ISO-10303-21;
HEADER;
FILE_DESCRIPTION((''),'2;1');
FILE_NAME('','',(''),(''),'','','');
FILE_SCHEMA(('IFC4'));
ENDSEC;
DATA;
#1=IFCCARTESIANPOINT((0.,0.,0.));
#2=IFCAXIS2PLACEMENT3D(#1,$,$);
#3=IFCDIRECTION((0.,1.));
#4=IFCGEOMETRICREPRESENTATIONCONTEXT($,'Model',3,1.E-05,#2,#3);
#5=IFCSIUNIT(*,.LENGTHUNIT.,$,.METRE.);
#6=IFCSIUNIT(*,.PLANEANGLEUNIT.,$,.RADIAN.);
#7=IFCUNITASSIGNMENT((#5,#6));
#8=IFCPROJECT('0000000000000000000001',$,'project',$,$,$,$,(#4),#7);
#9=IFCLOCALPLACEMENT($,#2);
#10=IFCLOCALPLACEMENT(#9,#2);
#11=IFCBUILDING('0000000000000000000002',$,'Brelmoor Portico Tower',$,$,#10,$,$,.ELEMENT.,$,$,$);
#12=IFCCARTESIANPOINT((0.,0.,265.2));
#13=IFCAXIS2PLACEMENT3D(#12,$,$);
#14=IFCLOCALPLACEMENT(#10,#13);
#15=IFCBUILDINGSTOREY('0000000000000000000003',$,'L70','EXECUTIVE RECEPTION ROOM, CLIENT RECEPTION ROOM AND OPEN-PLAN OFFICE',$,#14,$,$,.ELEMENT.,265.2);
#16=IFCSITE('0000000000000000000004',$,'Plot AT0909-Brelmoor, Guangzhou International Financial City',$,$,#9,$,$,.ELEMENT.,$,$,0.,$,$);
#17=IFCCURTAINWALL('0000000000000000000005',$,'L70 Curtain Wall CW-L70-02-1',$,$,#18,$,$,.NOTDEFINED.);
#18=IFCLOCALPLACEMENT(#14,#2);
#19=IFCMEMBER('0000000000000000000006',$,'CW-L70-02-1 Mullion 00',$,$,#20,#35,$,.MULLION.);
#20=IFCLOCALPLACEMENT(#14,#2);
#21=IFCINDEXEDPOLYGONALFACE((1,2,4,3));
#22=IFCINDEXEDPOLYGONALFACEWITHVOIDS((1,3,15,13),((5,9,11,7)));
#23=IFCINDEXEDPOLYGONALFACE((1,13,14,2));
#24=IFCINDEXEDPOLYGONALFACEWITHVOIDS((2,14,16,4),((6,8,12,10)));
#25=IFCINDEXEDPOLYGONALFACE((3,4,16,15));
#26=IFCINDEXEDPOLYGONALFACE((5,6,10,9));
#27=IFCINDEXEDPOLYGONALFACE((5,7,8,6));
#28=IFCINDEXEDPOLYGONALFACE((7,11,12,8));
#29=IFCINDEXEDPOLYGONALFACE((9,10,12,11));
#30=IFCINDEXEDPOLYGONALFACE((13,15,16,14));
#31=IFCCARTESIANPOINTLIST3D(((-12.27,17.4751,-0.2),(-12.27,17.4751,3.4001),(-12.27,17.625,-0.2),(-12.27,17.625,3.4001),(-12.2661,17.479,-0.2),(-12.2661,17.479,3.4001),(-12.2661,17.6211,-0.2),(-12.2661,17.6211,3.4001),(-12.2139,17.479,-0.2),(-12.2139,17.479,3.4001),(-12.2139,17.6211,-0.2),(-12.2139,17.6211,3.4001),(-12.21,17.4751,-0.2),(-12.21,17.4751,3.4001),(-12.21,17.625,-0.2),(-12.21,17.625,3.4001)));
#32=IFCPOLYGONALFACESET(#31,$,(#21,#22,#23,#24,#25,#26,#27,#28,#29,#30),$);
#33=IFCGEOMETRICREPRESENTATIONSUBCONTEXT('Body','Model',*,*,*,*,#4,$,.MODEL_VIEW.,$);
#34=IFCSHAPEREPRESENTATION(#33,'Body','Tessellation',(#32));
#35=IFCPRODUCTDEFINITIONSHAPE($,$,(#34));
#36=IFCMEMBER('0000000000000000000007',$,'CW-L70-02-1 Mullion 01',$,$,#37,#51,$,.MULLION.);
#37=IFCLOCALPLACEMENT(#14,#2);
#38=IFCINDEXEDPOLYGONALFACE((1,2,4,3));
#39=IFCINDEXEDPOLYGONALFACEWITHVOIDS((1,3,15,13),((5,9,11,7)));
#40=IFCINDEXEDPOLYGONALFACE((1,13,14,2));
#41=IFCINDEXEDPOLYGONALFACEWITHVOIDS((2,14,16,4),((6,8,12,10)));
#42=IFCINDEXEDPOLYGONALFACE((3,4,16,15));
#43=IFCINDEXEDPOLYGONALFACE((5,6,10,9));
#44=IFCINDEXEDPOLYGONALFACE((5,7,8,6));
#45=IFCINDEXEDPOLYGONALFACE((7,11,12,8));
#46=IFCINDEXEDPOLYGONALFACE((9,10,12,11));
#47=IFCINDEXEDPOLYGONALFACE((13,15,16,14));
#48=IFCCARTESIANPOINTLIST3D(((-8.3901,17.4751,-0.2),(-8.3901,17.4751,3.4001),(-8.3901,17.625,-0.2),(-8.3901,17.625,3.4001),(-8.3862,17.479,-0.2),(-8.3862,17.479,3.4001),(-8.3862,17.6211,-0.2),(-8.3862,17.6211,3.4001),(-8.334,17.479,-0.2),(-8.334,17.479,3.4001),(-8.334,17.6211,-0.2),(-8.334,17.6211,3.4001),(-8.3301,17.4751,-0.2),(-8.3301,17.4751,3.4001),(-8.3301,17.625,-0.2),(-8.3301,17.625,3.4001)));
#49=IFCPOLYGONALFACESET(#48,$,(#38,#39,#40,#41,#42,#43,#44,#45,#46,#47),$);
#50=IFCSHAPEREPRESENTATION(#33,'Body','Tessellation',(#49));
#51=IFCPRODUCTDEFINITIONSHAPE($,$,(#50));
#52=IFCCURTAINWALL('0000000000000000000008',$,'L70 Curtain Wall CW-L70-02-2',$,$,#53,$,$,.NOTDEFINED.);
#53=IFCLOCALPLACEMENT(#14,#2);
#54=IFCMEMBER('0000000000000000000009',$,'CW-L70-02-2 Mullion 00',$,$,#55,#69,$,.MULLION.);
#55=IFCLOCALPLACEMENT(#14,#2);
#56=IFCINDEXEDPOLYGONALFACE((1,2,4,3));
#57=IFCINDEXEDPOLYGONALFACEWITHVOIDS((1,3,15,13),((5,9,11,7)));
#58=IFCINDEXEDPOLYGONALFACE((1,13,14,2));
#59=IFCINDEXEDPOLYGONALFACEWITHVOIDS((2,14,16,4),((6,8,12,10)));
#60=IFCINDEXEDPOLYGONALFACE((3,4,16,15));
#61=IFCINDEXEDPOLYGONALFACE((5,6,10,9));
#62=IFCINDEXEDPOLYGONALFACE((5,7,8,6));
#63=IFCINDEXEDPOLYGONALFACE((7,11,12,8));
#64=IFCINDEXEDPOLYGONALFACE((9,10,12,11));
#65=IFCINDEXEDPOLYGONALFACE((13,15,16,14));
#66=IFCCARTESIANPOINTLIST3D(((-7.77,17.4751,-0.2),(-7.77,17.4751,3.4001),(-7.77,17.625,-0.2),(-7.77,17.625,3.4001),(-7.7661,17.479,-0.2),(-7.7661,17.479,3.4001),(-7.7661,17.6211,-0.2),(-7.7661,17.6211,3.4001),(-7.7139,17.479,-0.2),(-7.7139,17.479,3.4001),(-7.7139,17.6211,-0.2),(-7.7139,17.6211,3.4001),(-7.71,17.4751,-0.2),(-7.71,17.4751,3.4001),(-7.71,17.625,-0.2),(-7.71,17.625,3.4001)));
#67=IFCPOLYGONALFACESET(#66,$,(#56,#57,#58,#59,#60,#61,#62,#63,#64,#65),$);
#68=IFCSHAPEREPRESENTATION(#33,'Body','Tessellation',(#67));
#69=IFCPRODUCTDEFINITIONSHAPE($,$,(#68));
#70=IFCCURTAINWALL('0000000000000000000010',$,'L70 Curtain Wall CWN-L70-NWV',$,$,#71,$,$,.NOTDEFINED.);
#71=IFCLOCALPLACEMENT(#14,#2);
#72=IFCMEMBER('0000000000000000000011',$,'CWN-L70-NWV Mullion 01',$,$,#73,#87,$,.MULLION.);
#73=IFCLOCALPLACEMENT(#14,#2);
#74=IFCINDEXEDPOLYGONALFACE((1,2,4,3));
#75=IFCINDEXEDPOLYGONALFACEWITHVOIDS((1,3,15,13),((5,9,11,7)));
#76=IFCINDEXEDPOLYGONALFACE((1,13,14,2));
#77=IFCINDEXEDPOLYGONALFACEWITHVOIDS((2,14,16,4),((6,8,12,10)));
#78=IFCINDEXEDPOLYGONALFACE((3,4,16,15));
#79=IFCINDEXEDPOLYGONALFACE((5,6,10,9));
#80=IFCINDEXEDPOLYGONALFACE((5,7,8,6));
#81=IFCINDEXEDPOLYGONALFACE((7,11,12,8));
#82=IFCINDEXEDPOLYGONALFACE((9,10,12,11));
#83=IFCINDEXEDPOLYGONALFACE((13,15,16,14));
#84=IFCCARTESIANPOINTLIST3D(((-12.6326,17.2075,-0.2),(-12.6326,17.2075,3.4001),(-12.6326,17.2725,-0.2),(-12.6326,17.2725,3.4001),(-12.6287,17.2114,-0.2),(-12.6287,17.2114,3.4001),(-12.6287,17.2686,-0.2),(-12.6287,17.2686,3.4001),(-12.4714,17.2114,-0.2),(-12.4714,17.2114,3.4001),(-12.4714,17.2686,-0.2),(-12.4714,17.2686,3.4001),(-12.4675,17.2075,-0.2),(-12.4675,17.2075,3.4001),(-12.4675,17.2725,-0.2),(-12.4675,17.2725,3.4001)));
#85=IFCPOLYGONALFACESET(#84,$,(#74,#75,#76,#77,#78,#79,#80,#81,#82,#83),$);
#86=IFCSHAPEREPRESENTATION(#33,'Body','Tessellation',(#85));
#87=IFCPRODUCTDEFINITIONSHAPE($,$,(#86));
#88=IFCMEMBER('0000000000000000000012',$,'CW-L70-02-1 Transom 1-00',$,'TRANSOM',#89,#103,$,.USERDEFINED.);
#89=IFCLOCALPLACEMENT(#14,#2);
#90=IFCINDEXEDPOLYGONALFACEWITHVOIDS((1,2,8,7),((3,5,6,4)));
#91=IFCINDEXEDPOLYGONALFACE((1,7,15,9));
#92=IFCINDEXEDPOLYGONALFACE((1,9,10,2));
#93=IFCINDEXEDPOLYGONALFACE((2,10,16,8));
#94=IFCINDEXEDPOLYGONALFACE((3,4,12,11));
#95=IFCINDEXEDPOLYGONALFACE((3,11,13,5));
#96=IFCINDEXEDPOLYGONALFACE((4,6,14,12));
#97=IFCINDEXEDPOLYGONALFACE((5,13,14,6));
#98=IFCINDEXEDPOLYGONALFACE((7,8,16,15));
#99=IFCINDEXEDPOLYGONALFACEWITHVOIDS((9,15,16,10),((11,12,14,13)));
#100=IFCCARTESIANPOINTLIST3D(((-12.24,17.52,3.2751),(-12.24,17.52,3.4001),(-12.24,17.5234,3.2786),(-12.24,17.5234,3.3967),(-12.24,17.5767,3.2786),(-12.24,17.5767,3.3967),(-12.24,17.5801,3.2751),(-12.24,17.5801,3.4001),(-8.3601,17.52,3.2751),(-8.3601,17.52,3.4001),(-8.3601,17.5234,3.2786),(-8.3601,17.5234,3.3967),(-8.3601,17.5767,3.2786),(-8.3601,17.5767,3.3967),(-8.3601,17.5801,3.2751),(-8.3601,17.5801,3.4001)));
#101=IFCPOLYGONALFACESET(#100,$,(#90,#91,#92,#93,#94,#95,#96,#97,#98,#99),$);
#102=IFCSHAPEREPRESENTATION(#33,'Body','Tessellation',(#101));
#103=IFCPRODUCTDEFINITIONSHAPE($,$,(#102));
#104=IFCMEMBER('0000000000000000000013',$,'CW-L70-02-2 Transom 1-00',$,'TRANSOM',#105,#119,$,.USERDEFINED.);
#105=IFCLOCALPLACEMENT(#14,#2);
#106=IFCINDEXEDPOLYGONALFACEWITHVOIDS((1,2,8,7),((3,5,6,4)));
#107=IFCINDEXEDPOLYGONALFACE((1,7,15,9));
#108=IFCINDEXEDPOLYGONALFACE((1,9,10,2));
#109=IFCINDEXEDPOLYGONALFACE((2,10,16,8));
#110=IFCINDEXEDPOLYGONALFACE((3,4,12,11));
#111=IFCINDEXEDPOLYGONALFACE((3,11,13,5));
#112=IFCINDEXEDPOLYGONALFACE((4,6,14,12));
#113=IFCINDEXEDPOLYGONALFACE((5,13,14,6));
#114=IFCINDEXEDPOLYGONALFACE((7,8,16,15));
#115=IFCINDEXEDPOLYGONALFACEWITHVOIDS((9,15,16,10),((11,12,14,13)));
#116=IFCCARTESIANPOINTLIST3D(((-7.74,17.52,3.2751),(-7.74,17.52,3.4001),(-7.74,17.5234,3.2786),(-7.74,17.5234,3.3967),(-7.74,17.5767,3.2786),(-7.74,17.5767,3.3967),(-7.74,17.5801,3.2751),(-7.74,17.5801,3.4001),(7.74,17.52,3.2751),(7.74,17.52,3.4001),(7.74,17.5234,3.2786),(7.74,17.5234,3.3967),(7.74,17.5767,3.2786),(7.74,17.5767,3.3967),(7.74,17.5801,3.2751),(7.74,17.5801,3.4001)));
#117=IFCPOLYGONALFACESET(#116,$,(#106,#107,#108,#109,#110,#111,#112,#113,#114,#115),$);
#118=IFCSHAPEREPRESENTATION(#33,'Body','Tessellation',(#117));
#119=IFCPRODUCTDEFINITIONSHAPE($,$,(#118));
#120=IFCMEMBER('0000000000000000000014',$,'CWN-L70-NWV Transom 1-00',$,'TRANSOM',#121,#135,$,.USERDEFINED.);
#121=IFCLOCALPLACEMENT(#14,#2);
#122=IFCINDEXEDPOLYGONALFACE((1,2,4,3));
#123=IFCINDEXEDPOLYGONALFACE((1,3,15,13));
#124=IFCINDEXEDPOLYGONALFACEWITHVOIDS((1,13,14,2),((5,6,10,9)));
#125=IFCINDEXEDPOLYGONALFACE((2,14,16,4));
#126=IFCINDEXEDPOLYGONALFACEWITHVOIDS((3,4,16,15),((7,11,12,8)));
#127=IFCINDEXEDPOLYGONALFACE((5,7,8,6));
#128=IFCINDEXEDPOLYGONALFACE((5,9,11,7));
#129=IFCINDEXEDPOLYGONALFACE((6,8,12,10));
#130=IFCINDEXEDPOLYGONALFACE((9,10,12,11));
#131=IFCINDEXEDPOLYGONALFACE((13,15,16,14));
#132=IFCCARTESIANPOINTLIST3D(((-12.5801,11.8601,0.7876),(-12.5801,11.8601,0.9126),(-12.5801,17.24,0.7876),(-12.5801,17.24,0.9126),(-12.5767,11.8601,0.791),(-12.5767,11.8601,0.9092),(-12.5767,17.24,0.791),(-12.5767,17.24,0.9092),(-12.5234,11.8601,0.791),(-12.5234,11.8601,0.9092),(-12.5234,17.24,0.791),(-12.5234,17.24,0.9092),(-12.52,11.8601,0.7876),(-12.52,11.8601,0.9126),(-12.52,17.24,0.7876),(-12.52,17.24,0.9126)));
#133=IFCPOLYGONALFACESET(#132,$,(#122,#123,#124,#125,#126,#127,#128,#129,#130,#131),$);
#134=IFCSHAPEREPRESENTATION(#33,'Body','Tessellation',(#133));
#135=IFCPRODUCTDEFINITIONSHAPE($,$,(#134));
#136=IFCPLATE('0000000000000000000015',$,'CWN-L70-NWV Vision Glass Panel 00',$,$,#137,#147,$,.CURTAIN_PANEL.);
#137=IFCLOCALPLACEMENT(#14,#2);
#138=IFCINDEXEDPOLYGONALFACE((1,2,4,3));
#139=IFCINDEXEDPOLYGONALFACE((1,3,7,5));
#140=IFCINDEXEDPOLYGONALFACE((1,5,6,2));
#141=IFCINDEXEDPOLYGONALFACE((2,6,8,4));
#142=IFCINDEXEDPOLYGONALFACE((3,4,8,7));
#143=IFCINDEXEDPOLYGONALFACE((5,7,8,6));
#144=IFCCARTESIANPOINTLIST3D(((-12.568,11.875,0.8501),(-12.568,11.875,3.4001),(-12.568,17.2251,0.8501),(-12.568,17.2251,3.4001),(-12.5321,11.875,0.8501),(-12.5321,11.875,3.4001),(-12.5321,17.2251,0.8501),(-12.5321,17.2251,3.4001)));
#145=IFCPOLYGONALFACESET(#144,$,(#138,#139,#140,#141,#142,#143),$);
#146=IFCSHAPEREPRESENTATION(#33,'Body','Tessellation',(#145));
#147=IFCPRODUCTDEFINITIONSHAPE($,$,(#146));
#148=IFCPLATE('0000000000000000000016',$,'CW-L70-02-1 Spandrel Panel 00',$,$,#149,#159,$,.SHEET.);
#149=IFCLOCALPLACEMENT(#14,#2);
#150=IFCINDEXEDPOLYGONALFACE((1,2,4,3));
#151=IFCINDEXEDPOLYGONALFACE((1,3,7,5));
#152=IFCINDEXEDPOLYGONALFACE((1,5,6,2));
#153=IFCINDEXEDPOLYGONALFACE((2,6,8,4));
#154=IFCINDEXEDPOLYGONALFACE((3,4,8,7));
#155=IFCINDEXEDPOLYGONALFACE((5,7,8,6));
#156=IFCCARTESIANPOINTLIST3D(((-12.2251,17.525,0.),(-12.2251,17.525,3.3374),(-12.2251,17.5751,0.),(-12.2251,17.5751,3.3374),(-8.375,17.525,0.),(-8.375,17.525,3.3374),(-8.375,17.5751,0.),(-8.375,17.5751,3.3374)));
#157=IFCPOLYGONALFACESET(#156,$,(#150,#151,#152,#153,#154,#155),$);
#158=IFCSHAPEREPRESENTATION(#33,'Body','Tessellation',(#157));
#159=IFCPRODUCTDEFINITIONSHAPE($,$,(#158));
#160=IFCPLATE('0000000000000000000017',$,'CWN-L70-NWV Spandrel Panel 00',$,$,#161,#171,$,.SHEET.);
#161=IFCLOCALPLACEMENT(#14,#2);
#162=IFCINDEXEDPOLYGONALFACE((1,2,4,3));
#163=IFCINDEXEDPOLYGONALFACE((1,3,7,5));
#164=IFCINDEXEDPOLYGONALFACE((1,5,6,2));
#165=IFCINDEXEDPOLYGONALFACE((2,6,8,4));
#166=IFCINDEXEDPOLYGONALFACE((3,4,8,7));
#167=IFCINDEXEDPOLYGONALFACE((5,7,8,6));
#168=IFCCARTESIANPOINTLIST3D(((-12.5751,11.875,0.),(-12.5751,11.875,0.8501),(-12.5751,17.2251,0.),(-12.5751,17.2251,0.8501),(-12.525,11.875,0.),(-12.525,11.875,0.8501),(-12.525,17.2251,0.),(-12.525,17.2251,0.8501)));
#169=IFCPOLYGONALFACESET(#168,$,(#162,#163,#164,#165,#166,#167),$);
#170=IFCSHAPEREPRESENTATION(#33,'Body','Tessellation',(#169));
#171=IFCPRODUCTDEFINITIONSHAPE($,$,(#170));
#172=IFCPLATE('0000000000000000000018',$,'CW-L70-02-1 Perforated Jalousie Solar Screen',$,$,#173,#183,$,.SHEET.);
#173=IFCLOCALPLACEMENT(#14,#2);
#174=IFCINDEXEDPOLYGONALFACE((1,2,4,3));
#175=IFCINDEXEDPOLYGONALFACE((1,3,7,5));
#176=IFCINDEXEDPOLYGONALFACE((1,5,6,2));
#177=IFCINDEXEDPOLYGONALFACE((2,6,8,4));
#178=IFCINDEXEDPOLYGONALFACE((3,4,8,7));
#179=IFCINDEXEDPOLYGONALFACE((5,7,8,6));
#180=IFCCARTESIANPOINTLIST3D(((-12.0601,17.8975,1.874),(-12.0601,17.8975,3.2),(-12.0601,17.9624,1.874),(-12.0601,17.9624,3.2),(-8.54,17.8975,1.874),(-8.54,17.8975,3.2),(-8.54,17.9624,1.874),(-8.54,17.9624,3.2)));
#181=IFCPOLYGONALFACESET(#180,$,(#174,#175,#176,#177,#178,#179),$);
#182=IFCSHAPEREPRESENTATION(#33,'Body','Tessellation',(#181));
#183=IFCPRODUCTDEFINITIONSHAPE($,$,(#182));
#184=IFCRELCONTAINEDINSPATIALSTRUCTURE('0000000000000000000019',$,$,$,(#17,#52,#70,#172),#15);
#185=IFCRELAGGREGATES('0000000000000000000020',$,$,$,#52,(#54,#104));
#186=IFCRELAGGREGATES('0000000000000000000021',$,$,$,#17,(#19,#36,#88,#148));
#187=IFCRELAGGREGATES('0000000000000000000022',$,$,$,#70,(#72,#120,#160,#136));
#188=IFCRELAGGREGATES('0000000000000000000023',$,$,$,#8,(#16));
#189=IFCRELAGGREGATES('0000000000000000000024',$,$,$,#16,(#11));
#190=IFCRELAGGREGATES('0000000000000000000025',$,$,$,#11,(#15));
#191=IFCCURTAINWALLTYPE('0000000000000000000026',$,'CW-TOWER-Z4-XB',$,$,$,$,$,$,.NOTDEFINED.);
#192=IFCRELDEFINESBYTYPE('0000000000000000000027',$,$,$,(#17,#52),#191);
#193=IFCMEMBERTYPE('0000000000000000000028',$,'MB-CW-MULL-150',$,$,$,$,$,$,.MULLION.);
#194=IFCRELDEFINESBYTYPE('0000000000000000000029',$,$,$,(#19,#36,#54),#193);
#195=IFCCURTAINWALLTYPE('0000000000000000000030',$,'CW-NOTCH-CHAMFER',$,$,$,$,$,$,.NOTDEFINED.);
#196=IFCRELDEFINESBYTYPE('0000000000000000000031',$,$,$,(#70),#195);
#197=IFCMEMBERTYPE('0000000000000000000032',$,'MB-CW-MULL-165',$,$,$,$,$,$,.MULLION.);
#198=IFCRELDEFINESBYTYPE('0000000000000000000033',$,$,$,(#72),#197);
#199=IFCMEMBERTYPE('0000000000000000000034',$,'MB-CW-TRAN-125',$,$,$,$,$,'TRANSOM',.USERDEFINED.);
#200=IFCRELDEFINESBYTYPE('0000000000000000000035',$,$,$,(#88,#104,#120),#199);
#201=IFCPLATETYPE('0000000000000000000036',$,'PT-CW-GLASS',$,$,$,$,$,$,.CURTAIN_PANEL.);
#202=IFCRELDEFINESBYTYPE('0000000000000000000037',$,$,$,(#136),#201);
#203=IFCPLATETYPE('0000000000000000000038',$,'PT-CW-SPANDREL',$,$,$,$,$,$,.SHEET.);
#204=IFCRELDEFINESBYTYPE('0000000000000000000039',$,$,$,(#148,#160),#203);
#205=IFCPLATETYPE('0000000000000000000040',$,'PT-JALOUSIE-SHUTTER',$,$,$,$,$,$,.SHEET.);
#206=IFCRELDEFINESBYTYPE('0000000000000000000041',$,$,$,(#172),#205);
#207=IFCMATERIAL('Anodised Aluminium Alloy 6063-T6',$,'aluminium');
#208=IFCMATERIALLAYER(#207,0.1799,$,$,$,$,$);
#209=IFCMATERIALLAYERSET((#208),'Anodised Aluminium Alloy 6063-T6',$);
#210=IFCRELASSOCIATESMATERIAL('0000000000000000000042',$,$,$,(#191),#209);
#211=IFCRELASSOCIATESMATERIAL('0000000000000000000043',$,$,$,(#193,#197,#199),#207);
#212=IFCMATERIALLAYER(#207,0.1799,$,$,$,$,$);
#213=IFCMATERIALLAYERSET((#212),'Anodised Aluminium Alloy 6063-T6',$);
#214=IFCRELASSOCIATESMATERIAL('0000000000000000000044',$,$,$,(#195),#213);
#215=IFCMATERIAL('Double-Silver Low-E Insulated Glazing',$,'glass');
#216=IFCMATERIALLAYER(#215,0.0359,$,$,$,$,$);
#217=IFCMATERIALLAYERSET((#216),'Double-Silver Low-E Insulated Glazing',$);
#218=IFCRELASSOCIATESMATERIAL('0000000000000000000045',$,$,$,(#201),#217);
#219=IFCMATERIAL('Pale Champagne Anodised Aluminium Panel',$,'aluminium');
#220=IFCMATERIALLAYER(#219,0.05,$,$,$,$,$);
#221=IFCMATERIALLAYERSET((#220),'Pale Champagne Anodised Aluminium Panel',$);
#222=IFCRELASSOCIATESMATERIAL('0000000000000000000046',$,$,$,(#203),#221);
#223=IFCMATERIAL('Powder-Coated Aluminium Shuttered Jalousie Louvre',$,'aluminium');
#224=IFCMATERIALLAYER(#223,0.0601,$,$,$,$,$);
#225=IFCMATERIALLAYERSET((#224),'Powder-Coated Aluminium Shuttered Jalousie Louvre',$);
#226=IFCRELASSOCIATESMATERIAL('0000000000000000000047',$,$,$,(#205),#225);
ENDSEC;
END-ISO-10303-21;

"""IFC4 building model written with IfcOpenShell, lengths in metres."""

from ifc_helpers import new_model, si_unit, direction, frame, origin, origin_2d, place, context, subcontext, project, spatial, rectangle, hollow_rectangle, extrude, material, layer, layer_set, material_profile, profile_set, type_object, element, aggregate, save


model = new_model("IFC4")

# Units and contexts
model_context = context("Model", 3, precision=1e-05, world=origin(), true_north=direction((0.0, 1.0)))
body_context = subcontext(model_context, "Body", "Model", "MODEL_VIEW")
ifc_project = project(units=[si_unit("LENGTHUNIT", "METRE"), si_unit("PLANEANGLEUNIT", "RADIAN")], contexts=[model_context])

# Site, building, storey
site_placement = place(None, origin())
site = spatial("IfcSite", under=ifc_project, at=site_placement, Name="Plot AT0909-Brelmoor, Guangzhou International Financial City", CompositionType="ELEMENT", RefElevation=0.0)
building_placement = place(site_placement, origin())
building = spatial("IfcBuilding", under=site, at=building_placement, Name="Brelmoor Portico Tower", CompositionType="ELEMENT")
storey_placement = place(building_placement, frame((0.0, 0.0, 265.2)))
storey = spatial("IfcBuildingStorey", under=building, at=storey_placement, Name="L70", Description="EXECUTIVE RECEPTION ROOM, CLIENT RECEPTION ROOM AND OPEN-PLAN OFFICE", CompositionType="ELEMENT", Elevation=265.2)

# Curtain wall, members
ifc_material_1 = material(Name="Anodised Aluminium Alloy 6063-T6", Category="aluminium")
ifc_layer_1 = layer(ifc_material_1, 0.1799)
ifc_layer_set_1 = layer_set([ifc_layer_1], Name="Anodised Aluminium Alloy 6063-T6")
curtain_wall_type_1 = type_object("IfcCurtainWallType", Name="CW-TOWER-Z4-XB", PredefinedType="NOTDEFINED", material=ifc_layer_set_1)
curtain_wall_1_placement = place(storey_placement, origin())
curtain_wall_1 = element("IfcCurtainWall", 1, at=curtain_wall_1_placement, inside=storey, type_object=curtain_wall_type_1, Name="L70 Curtain Wall CW-L70-02-1", PredefinedType="NOTDEFINED")
ifc_material_profile_1 = material_profile(ifc_material_1, hollow_rectangle(XDim=0.0601, YDim=0.1499, WallThickness=0.0039, at=origin_2d()), Name="ALU MULLION 60x150")
ifc_profile_set_1 = profile_set([ifc_material_profile_1], Name="Anodised Aluminium Alloy 6063-T6")
member_type_1 = type_object("IfcMemberType", Name="MB-CW-MULL-150", PredefinedType="MULLION", material=ifc_profile_set_1)
member_1_placement = place(storey_placement, frame((-12.24, 17.55, -0.2), z_axis=(0.0, 0.0, 1.0), x_axis=(1.0, 0.0, 0.0)))
member_1 = element("IfcMember", 2, at=member_1_placement, type_object=member_type_1, Name="CW-L70-02-1 Mullion 00", PredefinedType="MULLION", context=body_context, shape_type="SweptSolid", body=[
    extrude(hollow_rectangle(XDim=0.0601, YDim=0.1499, WallThickness=0.0039, at=origin_2d()), origin(), (0.0, 0.0, 1.0), 3.6001),
])
member_2_placement = place(storey_placement, frame((-8.3601, 17.55, -0.2), z_axis=(0.0, 0.0, 1.0), x_axis=(1.0, 0.0, 0.0)))
member_2 = element("IfcMember", 3, at=member_2_placement, type_object=member_type_1, Name="CW-L70-02-1 Mullion 01", PredefinedType="MULLION", context=body_context, shape_type="SweptSolid", body=[
    extrude(hollow_rectangle(XDim=0.0601, YDim=0.1499, WallThickness=0.0039, at=origin_2d()), origin(), (0.0, 0.0, 1.0), 3.6001),
])

# Curtain walls, members
curtain_wall_2_placement = place(storey_placement, origin())
curtain_wall_2 = element("IfcCurtainWall", 4, at=curtain_wall_2_placement, inside=storey, type_object=curtain_wall_type_1, Name="L70 Curtain Wall CW-L70-02-2", PredefinedType="NOTDEFINED")
member_3_placement = place(storey_placement, frame((-7.74, 17.55, -0.2), z_axis=(0.0, 0.0, 1.0), x_axis=(1.0, 0.0, 0.0)))
member_3 = element("IfcMember", 5, at=member_3_placement, type_object=member_type_1, Name="CW-L70-02-2 Mullion 00", PredefinedType="MULLION", context=body_context, shape_type="SweptSolid", body=[
    extrude(hollow_rectangle(XDim=0.0601, YDim=0.1499, WallThickness=0.0039, at=origin_2d()), origin(), (0.0, 0.0, 1.0), 3.6001),
])
ifc_layer_2 = layer(ifc_material_1, 0.1799)
ifc_layer_set_2 = layer_set([ifc_layer_2], Name="Anodised Aluminium Alloy 6063-T6")
curtain_wall_type_2 = type_object("IfcCurtainWallType", Name="CW-NOTCH-CHAMFER", PredefinedType="NOTDEFINED", material=ifc_layer_set_2)
curtain_wall_3_placement = place(storey_placement, origin())
curtain_wall_3 = element("IfcCurtainWall", 6, at=curtain_wall_3_placement, inside=storey, type_object=curtain_wall_type_2, Name="L70 Curtain Wall CWN-L70-NWV", PredefinedType="NOTDEFINED")
ifc_material_profile_2 = material_profile(ifc_material_1, hollow_rectangle(XDim=0.0649, YDim=0.165, WallThickness=0.0039, at=origin_2d()), Name="ALU MULLION 65x165")
ifc_profile_set_2 = profile_set([ifc_material_profile_2], Name="Anodised Aluminium Alloy 6063-T6")
member_type_2 = type_object("IfcMemberType", Name="MB-CW-MULL-165", PredefinedType="MULLION", material=ifc_profile_set_2)
member_4_placement = place(storey_placement, frame((-12.55, 17.24, -0.2), z_axis=(0.0, 0.0, 1.0), x_axis=(0.0, 1.0, 0.0)))
member_4 = element("IfcMember", 7, at=member_4_placement, type_object=member_type_2, Name="CWN-L70-NWV Mullion 01", PredefinedType="MULLION", context=body_context, shape_type="SweptSolid", body=[
    extrude(hollow_rectangle(XDim=0.0649, YDim=0.165, WallThickness=0.0039, at=origin_2d()), origin(), (0.0, 0.0, 1.0), 3.6001),
])

# Members
ifc_material_profile_3 = material_profile(ifc_material_1, hollow_rectangle(XDim=0.0601, YDim=0.125, WallThickness=0.0034, at=origin_2d()), Name="ALU TRANSOM 60x125")
ifc_profile_set_3 = profile_set([ifc_material_profile_3], Name="Anodised Aluminium Alloy 6063-T6")
member_type_3 = type_object("IfcMemberType", Name="MB-CW-TRAN-125", ElementType="TRANSOM", PredefinedType="USERDEFINED", material=ifc_profile_set_3)
member_5_placement = place(storey_placement, frame((-12.24, 17.55, 3.3376), z_axis=(1.0, 0.0, 0.0), x_axis=(0.0, 1.0, 0.0)))
member_5 = element("IfcMember", 8, at=member_5_placement, type_object=member_type_3, Name="CW-L70-02-1 Transom 1-00", ObjectType="TRANSOM", PredefinedType="USERDEFINED", context=body_context, shape_type="SweptSolid", body=[
    extrude(hollow_rectangle(XDim=0.0601, YDim=0.125, WallThickness=0.0034, at=origin_2d()), origin(), (0.0, 0.0, 1.0), 3.8799),
])
member_6_placement = place(storey_placement, frame((-7.74, 17.55, 3.3376), z_axis=(1.0, 0.0, 0.0), x_axis=(0.0, 1.0, 0.0)))
member_6 = element("IfcMember", 9, at=member_6_placement, type_object=member_type_3, Name="CW-L70-02-2 Transom 1-00", ObjectType="TRANSOM", PredefinedType="USERDEFINED", context=body_context, shape_type="SweptSolid", body=[
    extrude(hollow_rectangle(XDim=0.0601, YDim=0.125, WallThickness=0.0034, at=origin_2d()), origin(), (0.0, 0.0, 1.0), 15.48),
])
aggregate(curtain_wall_2, [member_3, member_6])
member_7_placement = place(storey_placement, frame((-12.55, 11.8601, 0.8501), z_axis=(0.0, 1.0, 0.0), x_axis=(-1.0, 0.0, 0.0)))
member_7 = element("IfcMember", 10, at=member_7_placement, type_object=member_type_3, Name="CWN-L70-NWV Transom 1-00", ObjectType="TRANSOM", PredefinedType="USERDEFINED", context=body_context, shape_type="SweptSolid", body=[
    extrude(hollow_rectangle(XDim=0.0601, YDim=0.125, WallThickness=0.0034, at=origin_2d()), origin(), (0.0, 0.0, 1.0), 5.3799),
])

# Plates
ifc_material_2 = material(Name="Double-Silver Low-E Insulated Glazing", Category="glass")
ifc_layer_3 = layer(ifc_material_2, 0.0359)
ifc_layer_set_3 = layer_set([ifc_layer_3], Name="Double-Silver Low-E Insulated Glazing")
plate_type_1 = type_object("IfcPlateType", Name="PT-CW-GLASS", PredefinedType="CURTAIN_PANEL", material=ifc_layer_set_3)
plate_1_placement = place(storey_placement, frame((-12.55, 14.55, 0.8501), z_axis=(0.0, 0.0, 1.0), x_axis=(0.0, 1.0, 0.0)))
plate_1 = element("IfcPlate", 11, at=plate_1_placement, type_object=plate_type_1, Name="CWN-L70-NWV Vision Glass Panel 00", PredefinedType="CURTAIN_PANEL", context=body_context, shape_type="SweptSolid", body=[
    extrude(rectangle(XDim=5.3501, YDim=0.0359, at=origin_2d()), origin(), (0.0, 0.0, 1.0), 2.55),
])
ifc_material_3 = material(Name="Pale Champagne Anodised Aluminium Panel", Category="aluminium")
ifc_layer_4 = layer(ifc_material_3, 0.05)
ifc_layer_set_4 = layer_set([ifc_layer_4], Name="Pale Champagne Anodised Aluminium Panel")
plate_type_2 = type_object("IfcPlateType", Name="PT-CW-SPANDREL", PredefinedType="SHEET", material=ifc_layer_set_4)
plate_2_placement = place(storey_placement, frame((-10.3, 17.55, 0.0), z_axis=(0.0, 0.0, 1.0), x_axis=(1.0, 0.0, 0.0)))
plate_2 = element("IfcPlate", 12, at=plate_2_placement, type_object=plate_type_2, Name="CW-L70-02-1 Spandrel Panel 00", PredefinedType="SHEET", context=body_context, shape_type="SweptSolid", body=[
    extrude(rectangle(XDim=3.8501, YDim=0.05, at=origin_2d()), origin(), (0.0, 0.0, 1.0), 3.3374),
])
aggregate(curtain_wall_1, [member_1, member_2, member_5, plate_2])
plate_3_placement = place(storey_placement, frame((-12.55, 14.55, 0.0), z_axis=(0.0, 0.0, 1.0), x_axis=(0.0, 1.0, 0.0)))
plate_3 = element("IfcPlate", 13, at=plate_3_placement, type_object=plate_type_2, Name="CWN-L70-NWV Spandrel Panel 00", PredefinedType="SHEET", context=body_context, shape_type="SweptSolid", body=[
    extrude(rectangle(XDim=5.3501, YDim=0.05, at=origin_2d()), origin(), (0.0, 0.0, 1.0), 0.8501),
])
aggregate(curtain_wall_3, [member_4, member_7, plate_3, plate_1])

# Plate
ifc_material_4 = material(Name="Powder-Coated Aluminium Shuttered Jalousie Louvre", Category="aluminium")
ifc_layer_5 = layer(ifc_material_4, 0.0601)
ifc_layer_set_5 = layer_set([ifc_layer_5], Name="Powder-Coated Aluminium Shuttered Jalousie Louvre")
plate_type_3 = type_object("IfcPlateType", Name="PT-JALOUSIE-SHUTTER", PredefinedType="SHEET", material=ifc_layer_set_5)
plate_4_placement = place(storey_placement, frame((-10.3, 17.9299, 1.874), z_axis=(0.0, 0.0, 1.0), x_axis=(1.0, 0.0, 0.0)))
element("IfcPlate", 14, at=plate_4_placement, inside=storey, type_object=plate_type_3, Name="CW-L70-02-1 Perforated Jalousie Solar Screen", PredefinedType="SHEET", context=body_context, shape_type="SweptSolid", body=[
    extrude(rectangle(XDim=3.52, YDim=0.0649, at=origin_2d()), origin(), (0.0, 0.0, 1.0), 1.3259),
])

save(model, "model.ifc")
